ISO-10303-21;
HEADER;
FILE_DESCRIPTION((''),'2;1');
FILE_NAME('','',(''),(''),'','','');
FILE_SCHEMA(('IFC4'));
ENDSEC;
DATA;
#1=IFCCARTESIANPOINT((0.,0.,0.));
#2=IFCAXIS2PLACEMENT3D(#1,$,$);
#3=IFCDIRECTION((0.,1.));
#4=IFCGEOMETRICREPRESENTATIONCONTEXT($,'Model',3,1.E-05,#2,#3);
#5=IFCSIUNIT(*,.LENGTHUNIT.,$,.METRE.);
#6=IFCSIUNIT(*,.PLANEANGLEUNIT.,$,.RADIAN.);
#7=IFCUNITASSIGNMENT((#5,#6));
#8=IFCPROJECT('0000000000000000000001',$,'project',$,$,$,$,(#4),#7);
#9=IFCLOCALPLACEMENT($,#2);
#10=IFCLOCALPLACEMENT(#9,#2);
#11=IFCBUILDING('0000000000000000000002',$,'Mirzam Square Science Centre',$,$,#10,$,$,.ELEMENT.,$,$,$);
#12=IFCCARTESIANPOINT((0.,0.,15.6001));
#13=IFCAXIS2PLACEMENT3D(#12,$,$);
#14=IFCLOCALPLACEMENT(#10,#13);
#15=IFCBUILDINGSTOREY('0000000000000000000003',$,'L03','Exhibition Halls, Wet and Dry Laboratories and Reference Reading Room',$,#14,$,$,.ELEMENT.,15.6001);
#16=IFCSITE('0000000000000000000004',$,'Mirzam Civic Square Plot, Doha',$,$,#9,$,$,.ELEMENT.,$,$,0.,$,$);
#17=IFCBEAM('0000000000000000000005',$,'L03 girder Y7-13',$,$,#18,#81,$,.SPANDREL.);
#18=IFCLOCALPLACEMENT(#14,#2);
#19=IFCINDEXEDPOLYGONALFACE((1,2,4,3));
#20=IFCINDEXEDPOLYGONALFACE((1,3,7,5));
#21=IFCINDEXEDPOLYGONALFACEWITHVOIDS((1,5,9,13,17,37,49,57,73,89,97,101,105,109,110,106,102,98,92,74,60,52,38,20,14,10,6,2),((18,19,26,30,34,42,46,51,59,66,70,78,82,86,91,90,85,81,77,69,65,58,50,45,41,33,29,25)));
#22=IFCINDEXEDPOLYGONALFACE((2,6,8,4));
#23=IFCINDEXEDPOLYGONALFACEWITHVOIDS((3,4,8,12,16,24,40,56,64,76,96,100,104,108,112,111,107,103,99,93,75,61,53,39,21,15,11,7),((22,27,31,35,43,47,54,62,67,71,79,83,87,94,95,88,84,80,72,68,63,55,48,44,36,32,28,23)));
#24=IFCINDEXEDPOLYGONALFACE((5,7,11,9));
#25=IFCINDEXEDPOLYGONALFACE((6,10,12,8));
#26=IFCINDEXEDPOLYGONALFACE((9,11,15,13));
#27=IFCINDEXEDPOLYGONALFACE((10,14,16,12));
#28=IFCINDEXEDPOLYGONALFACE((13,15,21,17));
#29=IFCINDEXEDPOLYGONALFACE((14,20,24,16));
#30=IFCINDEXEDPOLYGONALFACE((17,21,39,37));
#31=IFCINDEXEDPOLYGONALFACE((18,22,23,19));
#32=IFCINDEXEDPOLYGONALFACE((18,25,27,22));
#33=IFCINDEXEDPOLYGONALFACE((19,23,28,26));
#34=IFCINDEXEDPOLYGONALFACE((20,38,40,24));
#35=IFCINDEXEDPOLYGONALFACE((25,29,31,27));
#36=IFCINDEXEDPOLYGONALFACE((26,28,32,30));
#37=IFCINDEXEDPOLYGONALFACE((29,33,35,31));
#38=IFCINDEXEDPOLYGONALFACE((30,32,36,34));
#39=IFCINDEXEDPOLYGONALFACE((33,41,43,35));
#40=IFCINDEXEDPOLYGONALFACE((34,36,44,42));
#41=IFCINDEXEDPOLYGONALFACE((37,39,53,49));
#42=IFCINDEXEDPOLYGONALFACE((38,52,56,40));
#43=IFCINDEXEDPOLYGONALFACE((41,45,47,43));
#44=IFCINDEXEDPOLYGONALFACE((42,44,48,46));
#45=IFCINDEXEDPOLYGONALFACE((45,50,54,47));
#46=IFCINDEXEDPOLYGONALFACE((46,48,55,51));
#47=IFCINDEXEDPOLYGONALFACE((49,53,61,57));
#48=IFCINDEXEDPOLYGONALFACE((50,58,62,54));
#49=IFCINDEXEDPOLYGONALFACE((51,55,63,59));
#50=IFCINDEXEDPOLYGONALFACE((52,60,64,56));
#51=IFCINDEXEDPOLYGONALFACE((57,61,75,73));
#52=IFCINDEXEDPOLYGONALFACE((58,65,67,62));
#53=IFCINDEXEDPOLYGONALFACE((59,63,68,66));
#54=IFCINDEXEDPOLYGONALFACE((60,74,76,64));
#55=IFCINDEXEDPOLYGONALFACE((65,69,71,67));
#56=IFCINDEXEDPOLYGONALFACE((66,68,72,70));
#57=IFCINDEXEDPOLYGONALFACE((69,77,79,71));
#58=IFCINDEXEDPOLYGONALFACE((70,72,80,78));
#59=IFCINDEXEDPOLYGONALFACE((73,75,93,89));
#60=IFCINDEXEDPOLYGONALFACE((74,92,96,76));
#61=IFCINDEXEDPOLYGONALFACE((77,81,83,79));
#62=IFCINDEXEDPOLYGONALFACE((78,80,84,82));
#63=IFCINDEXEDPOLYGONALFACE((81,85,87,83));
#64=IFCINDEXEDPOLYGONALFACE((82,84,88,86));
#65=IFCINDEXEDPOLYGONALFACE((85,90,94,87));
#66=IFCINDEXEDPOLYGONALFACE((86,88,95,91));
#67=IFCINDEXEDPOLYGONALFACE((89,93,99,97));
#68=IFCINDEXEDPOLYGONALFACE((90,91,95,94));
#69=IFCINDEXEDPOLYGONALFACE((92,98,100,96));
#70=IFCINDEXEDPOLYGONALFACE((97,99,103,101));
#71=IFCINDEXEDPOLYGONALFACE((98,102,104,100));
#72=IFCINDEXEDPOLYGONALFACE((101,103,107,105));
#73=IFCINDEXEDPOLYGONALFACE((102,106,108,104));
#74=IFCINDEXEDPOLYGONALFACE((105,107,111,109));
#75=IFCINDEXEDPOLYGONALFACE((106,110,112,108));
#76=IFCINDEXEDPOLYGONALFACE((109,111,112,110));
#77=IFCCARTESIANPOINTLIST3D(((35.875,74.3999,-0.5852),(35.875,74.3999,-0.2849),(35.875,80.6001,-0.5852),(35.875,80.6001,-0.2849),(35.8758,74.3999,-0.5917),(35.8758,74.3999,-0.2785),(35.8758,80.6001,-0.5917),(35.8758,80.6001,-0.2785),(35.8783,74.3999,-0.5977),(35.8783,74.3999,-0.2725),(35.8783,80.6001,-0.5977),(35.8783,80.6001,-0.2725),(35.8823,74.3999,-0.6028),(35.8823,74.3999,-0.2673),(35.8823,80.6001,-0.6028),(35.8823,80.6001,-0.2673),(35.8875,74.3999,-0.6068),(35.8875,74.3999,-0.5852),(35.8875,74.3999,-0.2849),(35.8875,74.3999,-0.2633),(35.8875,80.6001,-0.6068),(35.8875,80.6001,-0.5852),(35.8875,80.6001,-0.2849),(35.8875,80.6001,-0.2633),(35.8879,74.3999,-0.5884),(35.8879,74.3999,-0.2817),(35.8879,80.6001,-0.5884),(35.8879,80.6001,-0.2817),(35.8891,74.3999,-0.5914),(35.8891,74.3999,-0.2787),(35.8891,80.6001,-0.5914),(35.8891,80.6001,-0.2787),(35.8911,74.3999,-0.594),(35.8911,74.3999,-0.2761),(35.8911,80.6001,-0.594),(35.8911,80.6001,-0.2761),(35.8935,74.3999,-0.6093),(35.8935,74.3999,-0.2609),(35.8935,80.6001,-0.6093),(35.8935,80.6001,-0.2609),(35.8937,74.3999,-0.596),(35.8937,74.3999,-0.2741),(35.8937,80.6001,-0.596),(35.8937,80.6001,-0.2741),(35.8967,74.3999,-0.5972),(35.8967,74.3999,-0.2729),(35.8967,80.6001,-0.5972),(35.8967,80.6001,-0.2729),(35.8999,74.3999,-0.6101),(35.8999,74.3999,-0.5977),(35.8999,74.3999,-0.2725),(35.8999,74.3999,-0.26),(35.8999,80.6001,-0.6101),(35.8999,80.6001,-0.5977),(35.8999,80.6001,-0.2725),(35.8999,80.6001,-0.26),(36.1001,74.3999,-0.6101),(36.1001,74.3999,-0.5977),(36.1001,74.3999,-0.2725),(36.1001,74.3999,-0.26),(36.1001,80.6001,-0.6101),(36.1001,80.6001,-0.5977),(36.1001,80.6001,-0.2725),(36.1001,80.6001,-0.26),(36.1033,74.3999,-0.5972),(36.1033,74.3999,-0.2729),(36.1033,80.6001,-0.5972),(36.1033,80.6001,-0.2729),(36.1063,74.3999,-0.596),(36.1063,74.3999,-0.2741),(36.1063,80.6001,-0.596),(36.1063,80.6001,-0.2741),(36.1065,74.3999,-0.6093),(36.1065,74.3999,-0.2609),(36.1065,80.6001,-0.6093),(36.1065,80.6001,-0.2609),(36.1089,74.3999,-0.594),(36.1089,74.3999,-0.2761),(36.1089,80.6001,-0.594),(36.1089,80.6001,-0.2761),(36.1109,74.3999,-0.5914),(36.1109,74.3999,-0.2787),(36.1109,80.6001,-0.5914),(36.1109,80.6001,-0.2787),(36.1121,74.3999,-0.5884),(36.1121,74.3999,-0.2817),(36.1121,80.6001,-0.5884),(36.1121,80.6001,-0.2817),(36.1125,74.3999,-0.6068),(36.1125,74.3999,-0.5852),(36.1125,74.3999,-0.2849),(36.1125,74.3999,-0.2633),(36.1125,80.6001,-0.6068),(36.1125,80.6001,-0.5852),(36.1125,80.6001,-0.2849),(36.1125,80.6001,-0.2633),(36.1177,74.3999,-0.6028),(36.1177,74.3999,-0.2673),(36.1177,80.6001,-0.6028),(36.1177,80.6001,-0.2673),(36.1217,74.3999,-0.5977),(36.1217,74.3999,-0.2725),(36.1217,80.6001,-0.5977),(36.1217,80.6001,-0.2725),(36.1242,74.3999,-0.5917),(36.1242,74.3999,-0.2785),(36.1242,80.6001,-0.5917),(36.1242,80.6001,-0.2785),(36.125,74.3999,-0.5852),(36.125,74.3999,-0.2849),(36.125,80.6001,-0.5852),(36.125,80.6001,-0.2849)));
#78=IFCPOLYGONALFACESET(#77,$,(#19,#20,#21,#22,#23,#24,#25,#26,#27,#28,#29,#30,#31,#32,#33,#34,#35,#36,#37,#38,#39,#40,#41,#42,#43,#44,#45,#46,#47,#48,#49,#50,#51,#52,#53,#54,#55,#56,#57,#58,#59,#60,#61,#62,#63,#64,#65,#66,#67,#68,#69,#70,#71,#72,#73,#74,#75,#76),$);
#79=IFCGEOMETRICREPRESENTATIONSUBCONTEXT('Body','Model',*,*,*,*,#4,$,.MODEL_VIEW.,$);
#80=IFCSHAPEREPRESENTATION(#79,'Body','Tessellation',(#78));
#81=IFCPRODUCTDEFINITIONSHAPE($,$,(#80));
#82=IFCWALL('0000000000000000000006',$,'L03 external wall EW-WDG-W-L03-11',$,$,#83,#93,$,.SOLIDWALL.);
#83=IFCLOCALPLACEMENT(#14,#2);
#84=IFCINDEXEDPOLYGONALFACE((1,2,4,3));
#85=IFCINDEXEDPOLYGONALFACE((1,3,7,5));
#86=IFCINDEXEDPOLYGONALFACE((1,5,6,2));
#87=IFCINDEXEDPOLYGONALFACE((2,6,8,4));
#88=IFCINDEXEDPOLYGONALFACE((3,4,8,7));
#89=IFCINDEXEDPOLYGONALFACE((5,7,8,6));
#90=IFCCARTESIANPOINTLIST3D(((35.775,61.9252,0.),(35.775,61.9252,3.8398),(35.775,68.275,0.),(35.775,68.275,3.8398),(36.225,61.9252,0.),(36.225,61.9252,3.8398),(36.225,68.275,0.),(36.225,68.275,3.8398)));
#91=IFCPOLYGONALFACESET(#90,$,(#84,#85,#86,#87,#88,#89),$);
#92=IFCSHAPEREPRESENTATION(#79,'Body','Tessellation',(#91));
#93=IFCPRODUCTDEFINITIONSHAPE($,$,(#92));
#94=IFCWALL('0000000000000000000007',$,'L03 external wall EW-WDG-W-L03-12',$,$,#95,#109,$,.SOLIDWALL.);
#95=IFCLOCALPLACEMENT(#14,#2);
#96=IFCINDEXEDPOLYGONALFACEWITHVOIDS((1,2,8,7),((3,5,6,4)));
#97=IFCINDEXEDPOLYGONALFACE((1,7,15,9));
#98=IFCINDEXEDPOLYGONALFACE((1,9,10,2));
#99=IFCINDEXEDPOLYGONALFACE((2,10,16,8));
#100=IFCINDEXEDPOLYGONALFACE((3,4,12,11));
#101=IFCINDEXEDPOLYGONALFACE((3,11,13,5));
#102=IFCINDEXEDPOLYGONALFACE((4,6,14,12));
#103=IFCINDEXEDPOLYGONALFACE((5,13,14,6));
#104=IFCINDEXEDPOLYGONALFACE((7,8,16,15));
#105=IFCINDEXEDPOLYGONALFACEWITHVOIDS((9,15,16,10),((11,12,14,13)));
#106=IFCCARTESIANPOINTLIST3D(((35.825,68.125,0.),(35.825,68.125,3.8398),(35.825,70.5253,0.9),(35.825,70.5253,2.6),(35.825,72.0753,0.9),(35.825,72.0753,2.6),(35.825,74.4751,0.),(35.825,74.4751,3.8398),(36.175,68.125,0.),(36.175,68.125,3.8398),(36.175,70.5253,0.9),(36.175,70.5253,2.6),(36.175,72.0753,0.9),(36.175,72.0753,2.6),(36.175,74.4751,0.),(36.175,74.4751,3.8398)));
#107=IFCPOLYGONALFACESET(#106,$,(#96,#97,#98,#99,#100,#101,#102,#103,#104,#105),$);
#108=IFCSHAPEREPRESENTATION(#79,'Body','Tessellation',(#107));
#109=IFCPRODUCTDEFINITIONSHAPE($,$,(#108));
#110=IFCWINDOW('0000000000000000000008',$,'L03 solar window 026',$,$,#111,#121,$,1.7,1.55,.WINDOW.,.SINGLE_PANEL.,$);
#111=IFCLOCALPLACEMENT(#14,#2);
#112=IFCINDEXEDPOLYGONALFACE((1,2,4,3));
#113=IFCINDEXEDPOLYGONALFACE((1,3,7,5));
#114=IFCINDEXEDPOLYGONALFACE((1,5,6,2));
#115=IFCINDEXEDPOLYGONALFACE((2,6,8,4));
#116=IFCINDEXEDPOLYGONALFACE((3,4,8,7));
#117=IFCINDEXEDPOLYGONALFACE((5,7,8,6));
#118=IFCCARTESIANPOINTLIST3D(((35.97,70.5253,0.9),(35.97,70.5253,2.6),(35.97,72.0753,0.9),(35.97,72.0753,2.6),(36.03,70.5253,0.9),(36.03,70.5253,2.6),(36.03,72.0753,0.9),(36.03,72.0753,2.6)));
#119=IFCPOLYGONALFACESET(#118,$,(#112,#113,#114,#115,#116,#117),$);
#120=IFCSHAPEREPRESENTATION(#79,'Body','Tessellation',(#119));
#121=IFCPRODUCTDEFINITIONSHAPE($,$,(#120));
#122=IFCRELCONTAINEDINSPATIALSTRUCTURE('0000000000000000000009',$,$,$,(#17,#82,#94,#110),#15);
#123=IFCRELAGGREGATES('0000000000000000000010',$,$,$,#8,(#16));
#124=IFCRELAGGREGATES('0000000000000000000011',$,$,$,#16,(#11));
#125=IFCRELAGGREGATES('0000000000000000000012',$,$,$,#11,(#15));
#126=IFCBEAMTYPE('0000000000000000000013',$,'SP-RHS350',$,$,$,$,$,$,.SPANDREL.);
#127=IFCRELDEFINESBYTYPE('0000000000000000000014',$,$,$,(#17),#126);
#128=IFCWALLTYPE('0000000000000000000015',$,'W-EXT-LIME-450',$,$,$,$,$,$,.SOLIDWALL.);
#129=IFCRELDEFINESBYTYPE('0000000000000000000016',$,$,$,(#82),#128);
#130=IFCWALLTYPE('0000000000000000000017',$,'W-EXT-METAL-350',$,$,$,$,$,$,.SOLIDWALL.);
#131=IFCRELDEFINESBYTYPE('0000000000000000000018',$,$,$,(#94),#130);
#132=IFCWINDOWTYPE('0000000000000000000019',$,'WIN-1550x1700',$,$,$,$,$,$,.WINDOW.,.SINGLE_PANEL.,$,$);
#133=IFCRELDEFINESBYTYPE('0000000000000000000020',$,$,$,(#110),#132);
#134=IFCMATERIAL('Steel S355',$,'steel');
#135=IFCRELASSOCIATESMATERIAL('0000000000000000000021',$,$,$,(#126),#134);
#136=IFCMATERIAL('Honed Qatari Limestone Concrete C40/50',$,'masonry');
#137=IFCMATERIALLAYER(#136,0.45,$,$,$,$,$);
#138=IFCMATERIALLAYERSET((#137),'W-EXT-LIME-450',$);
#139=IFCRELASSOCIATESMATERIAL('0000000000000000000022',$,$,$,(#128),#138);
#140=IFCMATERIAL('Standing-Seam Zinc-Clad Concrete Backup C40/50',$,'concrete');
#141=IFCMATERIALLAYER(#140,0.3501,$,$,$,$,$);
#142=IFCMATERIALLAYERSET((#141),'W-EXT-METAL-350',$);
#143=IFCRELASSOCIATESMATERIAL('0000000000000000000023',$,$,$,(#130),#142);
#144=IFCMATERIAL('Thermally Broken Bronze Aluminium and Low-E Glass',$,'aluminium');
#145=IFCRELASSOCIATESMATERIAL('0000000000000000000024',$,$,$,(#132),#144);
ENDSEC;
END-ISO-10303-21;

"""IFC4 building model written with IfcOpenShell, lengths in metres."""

from ifc_helpers import new_model, si_unit, direction, frame, frame_2d, origin, origin_2d, place, context, subcontext, project, spatial, rectangle, hollow_rectangle, extrude, material, layer, layer_set, material_profile, profile_set, type_object, element, fill, save


model = new_model("IFC4")

# Units and contexts
model_context = context("Model", 3, precision=1e-05, world=origin(), true_north=direction((0.0, 1.0)))
body_context = subcontext(model_context, "Body", "Model", "MODEL_VIEW")
ifc_project = project(units=[si_unit("LENGTHUNIT", "METRE"), si_unit("PLANEANGLEUNIT", "RADIAN")], contexts=[model_context])

# Site, building, storey
site_placement = place(None, origin())
site = spatial("IfcSite", under=ifc_project, at=site_placement, Name="Mirzam Civic Square Plot, Doha", CompositionType="ELEMENT", RefElevation=0.0)
building_placement = place(site_placement, origin())
building = spatial("IfcBuilding", under=site, at=building_placement, Name="Mirzam Square Science Centre", CompositionType="ELEMENT")
storey_placement = place(building_placement, frame((0.0, 0.0, 15.6001)))
storey = spatial("IfcBuildingStorey", under=building, at=storey_placement, Name="L03", Description="Exhibition Halls, Wet and Dry Laboratories and Reference Reading Room", CompositionType="ELEMENT", Elevation=15.6001)

# Shared definitions
ifc_material_1 = material(Name="Steel S355", Category="steel")

# Beam
ifc_material_profile_1 = material_profile(ifc_material_1, hollow_rectangle(XDim=0.25, YDim=0.3501, WallThickness=0.0125, InnerFilletRadius=0.0125, OuterFilletRadius=0.0249, at=origin_2d()), Name="350x250x12.5RHS")
ifc_profile_set_1 = profile_set([ifc_material_profile_1], Name="Steel S355")
beam_type_1 = type_object("IfcBeamType", Name="SP-RHS350", PredefinedType="SPANDREL", material=ifc_profile_set_1)
beam_1_placement = place(storey_placement, frame((36.0, 74.3999, -0.4351), z_axis=(0.0, 1.0, 0.0), x_axis=(-1.0, 0.0, 0.0)))
element("IfcBeam", 1, at=beam_1_placement, inside=storey, type_object=beam_type_1, Name="L03 girder Y7-13", PredefinedType="SPANDREL", context=body_context, shape_type="SweptSolid", body=[
    extrude(hollow_rectangle(XDim=0.25, YDim=0.3501, WallThickness=0.0125, InnerFilletRadius=0.0125, OuterFilletRadius=0.0249, at=origin_2d()), origin(), (0.0, 0.0, 1.0), 6.2002),
])

# Wall
ifc_material_2 = material(Name="Honed Qatari Limestone Concrete C40/50", Category="masonry")
ifc_layer_1 = layer(ifc_material_2, 0.45)
ifc_layer_set_1 = layer_set([ifc_layer_1], Name="W-EXT-LIME-450")
wall_type_1 = type_object("IfcWallType", Name="W-EXT-LIME-450", PredefinedType="SOLIDWALL", material=ifc_layer_set_1)
wall_1_placement = place(storey_placement, frame((36.0, 68.2749, 0.0), z_axis=(0.0, 0.0, 1.0), x_axis=(0.0, -1.0, 0.0)))
element("IfcWall", 2, at=wall_1_placement, inside=storey, type_object=wall_type_1, Name="L03 external wall EW-WDG-W-L03-11", PredefinedType="SOLIDWALL", context=body_context, shape_type="SweptSolid", body=[
    extrude(rectangle(XDim=6.3499, YDim=0.45, at=frame_2d((3.1748, 0.0))), origin(), (0.0, 0.0, 1.0), 3.8398),
])

# Wall, opening, window
ifc_material_3 = material(Name="Standing-Seam Zinc-Clad Concrete Backup C40/50", Category="concrete")
ifc_layer_2 = layer(ifc_material_3, 0.3501)
ifc_layer_set_2 = layer_set([ifc_layer_2], Name="W-EXT-METAL-350")
wall_type_2 = type_object("IfcWallType", Name="W-EXT-METAL-350", PredefinedType="SOLIDWALL", material=ifc_layer_set_2)
wall_2_placement = place(storey_placement, frame((36.0, 74.4751, 0.0), z_axis=(0.0, 0.0, 1.0), x_axis=(0.0, -1.0, 0.0)))
wall_2 = element("IfcWall", 3, at=wall_2_placement, inside=storey, type_object=wall_type_2, Name="L03 external wall EW-WDG-W-L03-12", PredefinedType="SOLIDWALL", context=body_context, shape_type="SweptSolid", body=[
    extrude(rectangle(XDim=6.3501, YDim=0.3501, at=frame_2d((3.175, 0.0))), origin(), (0.0, 0.0, 1.0), 3.8398),
])
opening_placement = place(wall_2_placement, frame((2.3999, 0.0, 0.8999)))
opening = element("IfcOpeningElement", 4, at=opening_placement, cuts=wall_2, PredefinedType="OPENING", context=body_context, shape_type="SweptSolid", body=[
    extrude(rectangle(XDim=1.55, YDim=1.7, at=frame_2d((0.7749, 0.8501))), frame((0.0, 0.1851, 0.0), z_axis=(0.0, -1.0, 0.0), x_axis=(1.0, 0.0, 0.0)), (0.0, 0.0, 1.0), 0.3701),
])
ifc_material_4 = material(Name="Thermally Broken Bronze Aluminium and Low-E Glass", Category="aluminium")
window_type = type_object("IfcWindowType", Name="WIN-1550x1700", PartitioningType="SINGLE_PANEL", PredefinedType="WINDOW", material=ifc_material_4)
window_placement = place(opening_placement, origin())
window = element("IfcWindow", 5, at=window_placement, inside=storey, type_object=window_type, Name="L03 solar window 026", OverallHeight=1.7, OverallWidth=1.55, PartitioningType="SINGLE_PANEL", PredefinedType="WINDOW", context=body_context, shape_type="SweptSolid", body=[
    extrude(rectangle(XDim=1.55, YDim=1.7, at=frame_2d((0.7749, 0.8501))), frame((0.0, 0.03, 0.0), z_axis=(0.0, -1.0, 0.0), x_axis=(1.0, 0.0, 0.0)), (0.0, 0.0, 1.0), 0.0601),
])
fill(opening, window)

save(model, "model.ifc")
